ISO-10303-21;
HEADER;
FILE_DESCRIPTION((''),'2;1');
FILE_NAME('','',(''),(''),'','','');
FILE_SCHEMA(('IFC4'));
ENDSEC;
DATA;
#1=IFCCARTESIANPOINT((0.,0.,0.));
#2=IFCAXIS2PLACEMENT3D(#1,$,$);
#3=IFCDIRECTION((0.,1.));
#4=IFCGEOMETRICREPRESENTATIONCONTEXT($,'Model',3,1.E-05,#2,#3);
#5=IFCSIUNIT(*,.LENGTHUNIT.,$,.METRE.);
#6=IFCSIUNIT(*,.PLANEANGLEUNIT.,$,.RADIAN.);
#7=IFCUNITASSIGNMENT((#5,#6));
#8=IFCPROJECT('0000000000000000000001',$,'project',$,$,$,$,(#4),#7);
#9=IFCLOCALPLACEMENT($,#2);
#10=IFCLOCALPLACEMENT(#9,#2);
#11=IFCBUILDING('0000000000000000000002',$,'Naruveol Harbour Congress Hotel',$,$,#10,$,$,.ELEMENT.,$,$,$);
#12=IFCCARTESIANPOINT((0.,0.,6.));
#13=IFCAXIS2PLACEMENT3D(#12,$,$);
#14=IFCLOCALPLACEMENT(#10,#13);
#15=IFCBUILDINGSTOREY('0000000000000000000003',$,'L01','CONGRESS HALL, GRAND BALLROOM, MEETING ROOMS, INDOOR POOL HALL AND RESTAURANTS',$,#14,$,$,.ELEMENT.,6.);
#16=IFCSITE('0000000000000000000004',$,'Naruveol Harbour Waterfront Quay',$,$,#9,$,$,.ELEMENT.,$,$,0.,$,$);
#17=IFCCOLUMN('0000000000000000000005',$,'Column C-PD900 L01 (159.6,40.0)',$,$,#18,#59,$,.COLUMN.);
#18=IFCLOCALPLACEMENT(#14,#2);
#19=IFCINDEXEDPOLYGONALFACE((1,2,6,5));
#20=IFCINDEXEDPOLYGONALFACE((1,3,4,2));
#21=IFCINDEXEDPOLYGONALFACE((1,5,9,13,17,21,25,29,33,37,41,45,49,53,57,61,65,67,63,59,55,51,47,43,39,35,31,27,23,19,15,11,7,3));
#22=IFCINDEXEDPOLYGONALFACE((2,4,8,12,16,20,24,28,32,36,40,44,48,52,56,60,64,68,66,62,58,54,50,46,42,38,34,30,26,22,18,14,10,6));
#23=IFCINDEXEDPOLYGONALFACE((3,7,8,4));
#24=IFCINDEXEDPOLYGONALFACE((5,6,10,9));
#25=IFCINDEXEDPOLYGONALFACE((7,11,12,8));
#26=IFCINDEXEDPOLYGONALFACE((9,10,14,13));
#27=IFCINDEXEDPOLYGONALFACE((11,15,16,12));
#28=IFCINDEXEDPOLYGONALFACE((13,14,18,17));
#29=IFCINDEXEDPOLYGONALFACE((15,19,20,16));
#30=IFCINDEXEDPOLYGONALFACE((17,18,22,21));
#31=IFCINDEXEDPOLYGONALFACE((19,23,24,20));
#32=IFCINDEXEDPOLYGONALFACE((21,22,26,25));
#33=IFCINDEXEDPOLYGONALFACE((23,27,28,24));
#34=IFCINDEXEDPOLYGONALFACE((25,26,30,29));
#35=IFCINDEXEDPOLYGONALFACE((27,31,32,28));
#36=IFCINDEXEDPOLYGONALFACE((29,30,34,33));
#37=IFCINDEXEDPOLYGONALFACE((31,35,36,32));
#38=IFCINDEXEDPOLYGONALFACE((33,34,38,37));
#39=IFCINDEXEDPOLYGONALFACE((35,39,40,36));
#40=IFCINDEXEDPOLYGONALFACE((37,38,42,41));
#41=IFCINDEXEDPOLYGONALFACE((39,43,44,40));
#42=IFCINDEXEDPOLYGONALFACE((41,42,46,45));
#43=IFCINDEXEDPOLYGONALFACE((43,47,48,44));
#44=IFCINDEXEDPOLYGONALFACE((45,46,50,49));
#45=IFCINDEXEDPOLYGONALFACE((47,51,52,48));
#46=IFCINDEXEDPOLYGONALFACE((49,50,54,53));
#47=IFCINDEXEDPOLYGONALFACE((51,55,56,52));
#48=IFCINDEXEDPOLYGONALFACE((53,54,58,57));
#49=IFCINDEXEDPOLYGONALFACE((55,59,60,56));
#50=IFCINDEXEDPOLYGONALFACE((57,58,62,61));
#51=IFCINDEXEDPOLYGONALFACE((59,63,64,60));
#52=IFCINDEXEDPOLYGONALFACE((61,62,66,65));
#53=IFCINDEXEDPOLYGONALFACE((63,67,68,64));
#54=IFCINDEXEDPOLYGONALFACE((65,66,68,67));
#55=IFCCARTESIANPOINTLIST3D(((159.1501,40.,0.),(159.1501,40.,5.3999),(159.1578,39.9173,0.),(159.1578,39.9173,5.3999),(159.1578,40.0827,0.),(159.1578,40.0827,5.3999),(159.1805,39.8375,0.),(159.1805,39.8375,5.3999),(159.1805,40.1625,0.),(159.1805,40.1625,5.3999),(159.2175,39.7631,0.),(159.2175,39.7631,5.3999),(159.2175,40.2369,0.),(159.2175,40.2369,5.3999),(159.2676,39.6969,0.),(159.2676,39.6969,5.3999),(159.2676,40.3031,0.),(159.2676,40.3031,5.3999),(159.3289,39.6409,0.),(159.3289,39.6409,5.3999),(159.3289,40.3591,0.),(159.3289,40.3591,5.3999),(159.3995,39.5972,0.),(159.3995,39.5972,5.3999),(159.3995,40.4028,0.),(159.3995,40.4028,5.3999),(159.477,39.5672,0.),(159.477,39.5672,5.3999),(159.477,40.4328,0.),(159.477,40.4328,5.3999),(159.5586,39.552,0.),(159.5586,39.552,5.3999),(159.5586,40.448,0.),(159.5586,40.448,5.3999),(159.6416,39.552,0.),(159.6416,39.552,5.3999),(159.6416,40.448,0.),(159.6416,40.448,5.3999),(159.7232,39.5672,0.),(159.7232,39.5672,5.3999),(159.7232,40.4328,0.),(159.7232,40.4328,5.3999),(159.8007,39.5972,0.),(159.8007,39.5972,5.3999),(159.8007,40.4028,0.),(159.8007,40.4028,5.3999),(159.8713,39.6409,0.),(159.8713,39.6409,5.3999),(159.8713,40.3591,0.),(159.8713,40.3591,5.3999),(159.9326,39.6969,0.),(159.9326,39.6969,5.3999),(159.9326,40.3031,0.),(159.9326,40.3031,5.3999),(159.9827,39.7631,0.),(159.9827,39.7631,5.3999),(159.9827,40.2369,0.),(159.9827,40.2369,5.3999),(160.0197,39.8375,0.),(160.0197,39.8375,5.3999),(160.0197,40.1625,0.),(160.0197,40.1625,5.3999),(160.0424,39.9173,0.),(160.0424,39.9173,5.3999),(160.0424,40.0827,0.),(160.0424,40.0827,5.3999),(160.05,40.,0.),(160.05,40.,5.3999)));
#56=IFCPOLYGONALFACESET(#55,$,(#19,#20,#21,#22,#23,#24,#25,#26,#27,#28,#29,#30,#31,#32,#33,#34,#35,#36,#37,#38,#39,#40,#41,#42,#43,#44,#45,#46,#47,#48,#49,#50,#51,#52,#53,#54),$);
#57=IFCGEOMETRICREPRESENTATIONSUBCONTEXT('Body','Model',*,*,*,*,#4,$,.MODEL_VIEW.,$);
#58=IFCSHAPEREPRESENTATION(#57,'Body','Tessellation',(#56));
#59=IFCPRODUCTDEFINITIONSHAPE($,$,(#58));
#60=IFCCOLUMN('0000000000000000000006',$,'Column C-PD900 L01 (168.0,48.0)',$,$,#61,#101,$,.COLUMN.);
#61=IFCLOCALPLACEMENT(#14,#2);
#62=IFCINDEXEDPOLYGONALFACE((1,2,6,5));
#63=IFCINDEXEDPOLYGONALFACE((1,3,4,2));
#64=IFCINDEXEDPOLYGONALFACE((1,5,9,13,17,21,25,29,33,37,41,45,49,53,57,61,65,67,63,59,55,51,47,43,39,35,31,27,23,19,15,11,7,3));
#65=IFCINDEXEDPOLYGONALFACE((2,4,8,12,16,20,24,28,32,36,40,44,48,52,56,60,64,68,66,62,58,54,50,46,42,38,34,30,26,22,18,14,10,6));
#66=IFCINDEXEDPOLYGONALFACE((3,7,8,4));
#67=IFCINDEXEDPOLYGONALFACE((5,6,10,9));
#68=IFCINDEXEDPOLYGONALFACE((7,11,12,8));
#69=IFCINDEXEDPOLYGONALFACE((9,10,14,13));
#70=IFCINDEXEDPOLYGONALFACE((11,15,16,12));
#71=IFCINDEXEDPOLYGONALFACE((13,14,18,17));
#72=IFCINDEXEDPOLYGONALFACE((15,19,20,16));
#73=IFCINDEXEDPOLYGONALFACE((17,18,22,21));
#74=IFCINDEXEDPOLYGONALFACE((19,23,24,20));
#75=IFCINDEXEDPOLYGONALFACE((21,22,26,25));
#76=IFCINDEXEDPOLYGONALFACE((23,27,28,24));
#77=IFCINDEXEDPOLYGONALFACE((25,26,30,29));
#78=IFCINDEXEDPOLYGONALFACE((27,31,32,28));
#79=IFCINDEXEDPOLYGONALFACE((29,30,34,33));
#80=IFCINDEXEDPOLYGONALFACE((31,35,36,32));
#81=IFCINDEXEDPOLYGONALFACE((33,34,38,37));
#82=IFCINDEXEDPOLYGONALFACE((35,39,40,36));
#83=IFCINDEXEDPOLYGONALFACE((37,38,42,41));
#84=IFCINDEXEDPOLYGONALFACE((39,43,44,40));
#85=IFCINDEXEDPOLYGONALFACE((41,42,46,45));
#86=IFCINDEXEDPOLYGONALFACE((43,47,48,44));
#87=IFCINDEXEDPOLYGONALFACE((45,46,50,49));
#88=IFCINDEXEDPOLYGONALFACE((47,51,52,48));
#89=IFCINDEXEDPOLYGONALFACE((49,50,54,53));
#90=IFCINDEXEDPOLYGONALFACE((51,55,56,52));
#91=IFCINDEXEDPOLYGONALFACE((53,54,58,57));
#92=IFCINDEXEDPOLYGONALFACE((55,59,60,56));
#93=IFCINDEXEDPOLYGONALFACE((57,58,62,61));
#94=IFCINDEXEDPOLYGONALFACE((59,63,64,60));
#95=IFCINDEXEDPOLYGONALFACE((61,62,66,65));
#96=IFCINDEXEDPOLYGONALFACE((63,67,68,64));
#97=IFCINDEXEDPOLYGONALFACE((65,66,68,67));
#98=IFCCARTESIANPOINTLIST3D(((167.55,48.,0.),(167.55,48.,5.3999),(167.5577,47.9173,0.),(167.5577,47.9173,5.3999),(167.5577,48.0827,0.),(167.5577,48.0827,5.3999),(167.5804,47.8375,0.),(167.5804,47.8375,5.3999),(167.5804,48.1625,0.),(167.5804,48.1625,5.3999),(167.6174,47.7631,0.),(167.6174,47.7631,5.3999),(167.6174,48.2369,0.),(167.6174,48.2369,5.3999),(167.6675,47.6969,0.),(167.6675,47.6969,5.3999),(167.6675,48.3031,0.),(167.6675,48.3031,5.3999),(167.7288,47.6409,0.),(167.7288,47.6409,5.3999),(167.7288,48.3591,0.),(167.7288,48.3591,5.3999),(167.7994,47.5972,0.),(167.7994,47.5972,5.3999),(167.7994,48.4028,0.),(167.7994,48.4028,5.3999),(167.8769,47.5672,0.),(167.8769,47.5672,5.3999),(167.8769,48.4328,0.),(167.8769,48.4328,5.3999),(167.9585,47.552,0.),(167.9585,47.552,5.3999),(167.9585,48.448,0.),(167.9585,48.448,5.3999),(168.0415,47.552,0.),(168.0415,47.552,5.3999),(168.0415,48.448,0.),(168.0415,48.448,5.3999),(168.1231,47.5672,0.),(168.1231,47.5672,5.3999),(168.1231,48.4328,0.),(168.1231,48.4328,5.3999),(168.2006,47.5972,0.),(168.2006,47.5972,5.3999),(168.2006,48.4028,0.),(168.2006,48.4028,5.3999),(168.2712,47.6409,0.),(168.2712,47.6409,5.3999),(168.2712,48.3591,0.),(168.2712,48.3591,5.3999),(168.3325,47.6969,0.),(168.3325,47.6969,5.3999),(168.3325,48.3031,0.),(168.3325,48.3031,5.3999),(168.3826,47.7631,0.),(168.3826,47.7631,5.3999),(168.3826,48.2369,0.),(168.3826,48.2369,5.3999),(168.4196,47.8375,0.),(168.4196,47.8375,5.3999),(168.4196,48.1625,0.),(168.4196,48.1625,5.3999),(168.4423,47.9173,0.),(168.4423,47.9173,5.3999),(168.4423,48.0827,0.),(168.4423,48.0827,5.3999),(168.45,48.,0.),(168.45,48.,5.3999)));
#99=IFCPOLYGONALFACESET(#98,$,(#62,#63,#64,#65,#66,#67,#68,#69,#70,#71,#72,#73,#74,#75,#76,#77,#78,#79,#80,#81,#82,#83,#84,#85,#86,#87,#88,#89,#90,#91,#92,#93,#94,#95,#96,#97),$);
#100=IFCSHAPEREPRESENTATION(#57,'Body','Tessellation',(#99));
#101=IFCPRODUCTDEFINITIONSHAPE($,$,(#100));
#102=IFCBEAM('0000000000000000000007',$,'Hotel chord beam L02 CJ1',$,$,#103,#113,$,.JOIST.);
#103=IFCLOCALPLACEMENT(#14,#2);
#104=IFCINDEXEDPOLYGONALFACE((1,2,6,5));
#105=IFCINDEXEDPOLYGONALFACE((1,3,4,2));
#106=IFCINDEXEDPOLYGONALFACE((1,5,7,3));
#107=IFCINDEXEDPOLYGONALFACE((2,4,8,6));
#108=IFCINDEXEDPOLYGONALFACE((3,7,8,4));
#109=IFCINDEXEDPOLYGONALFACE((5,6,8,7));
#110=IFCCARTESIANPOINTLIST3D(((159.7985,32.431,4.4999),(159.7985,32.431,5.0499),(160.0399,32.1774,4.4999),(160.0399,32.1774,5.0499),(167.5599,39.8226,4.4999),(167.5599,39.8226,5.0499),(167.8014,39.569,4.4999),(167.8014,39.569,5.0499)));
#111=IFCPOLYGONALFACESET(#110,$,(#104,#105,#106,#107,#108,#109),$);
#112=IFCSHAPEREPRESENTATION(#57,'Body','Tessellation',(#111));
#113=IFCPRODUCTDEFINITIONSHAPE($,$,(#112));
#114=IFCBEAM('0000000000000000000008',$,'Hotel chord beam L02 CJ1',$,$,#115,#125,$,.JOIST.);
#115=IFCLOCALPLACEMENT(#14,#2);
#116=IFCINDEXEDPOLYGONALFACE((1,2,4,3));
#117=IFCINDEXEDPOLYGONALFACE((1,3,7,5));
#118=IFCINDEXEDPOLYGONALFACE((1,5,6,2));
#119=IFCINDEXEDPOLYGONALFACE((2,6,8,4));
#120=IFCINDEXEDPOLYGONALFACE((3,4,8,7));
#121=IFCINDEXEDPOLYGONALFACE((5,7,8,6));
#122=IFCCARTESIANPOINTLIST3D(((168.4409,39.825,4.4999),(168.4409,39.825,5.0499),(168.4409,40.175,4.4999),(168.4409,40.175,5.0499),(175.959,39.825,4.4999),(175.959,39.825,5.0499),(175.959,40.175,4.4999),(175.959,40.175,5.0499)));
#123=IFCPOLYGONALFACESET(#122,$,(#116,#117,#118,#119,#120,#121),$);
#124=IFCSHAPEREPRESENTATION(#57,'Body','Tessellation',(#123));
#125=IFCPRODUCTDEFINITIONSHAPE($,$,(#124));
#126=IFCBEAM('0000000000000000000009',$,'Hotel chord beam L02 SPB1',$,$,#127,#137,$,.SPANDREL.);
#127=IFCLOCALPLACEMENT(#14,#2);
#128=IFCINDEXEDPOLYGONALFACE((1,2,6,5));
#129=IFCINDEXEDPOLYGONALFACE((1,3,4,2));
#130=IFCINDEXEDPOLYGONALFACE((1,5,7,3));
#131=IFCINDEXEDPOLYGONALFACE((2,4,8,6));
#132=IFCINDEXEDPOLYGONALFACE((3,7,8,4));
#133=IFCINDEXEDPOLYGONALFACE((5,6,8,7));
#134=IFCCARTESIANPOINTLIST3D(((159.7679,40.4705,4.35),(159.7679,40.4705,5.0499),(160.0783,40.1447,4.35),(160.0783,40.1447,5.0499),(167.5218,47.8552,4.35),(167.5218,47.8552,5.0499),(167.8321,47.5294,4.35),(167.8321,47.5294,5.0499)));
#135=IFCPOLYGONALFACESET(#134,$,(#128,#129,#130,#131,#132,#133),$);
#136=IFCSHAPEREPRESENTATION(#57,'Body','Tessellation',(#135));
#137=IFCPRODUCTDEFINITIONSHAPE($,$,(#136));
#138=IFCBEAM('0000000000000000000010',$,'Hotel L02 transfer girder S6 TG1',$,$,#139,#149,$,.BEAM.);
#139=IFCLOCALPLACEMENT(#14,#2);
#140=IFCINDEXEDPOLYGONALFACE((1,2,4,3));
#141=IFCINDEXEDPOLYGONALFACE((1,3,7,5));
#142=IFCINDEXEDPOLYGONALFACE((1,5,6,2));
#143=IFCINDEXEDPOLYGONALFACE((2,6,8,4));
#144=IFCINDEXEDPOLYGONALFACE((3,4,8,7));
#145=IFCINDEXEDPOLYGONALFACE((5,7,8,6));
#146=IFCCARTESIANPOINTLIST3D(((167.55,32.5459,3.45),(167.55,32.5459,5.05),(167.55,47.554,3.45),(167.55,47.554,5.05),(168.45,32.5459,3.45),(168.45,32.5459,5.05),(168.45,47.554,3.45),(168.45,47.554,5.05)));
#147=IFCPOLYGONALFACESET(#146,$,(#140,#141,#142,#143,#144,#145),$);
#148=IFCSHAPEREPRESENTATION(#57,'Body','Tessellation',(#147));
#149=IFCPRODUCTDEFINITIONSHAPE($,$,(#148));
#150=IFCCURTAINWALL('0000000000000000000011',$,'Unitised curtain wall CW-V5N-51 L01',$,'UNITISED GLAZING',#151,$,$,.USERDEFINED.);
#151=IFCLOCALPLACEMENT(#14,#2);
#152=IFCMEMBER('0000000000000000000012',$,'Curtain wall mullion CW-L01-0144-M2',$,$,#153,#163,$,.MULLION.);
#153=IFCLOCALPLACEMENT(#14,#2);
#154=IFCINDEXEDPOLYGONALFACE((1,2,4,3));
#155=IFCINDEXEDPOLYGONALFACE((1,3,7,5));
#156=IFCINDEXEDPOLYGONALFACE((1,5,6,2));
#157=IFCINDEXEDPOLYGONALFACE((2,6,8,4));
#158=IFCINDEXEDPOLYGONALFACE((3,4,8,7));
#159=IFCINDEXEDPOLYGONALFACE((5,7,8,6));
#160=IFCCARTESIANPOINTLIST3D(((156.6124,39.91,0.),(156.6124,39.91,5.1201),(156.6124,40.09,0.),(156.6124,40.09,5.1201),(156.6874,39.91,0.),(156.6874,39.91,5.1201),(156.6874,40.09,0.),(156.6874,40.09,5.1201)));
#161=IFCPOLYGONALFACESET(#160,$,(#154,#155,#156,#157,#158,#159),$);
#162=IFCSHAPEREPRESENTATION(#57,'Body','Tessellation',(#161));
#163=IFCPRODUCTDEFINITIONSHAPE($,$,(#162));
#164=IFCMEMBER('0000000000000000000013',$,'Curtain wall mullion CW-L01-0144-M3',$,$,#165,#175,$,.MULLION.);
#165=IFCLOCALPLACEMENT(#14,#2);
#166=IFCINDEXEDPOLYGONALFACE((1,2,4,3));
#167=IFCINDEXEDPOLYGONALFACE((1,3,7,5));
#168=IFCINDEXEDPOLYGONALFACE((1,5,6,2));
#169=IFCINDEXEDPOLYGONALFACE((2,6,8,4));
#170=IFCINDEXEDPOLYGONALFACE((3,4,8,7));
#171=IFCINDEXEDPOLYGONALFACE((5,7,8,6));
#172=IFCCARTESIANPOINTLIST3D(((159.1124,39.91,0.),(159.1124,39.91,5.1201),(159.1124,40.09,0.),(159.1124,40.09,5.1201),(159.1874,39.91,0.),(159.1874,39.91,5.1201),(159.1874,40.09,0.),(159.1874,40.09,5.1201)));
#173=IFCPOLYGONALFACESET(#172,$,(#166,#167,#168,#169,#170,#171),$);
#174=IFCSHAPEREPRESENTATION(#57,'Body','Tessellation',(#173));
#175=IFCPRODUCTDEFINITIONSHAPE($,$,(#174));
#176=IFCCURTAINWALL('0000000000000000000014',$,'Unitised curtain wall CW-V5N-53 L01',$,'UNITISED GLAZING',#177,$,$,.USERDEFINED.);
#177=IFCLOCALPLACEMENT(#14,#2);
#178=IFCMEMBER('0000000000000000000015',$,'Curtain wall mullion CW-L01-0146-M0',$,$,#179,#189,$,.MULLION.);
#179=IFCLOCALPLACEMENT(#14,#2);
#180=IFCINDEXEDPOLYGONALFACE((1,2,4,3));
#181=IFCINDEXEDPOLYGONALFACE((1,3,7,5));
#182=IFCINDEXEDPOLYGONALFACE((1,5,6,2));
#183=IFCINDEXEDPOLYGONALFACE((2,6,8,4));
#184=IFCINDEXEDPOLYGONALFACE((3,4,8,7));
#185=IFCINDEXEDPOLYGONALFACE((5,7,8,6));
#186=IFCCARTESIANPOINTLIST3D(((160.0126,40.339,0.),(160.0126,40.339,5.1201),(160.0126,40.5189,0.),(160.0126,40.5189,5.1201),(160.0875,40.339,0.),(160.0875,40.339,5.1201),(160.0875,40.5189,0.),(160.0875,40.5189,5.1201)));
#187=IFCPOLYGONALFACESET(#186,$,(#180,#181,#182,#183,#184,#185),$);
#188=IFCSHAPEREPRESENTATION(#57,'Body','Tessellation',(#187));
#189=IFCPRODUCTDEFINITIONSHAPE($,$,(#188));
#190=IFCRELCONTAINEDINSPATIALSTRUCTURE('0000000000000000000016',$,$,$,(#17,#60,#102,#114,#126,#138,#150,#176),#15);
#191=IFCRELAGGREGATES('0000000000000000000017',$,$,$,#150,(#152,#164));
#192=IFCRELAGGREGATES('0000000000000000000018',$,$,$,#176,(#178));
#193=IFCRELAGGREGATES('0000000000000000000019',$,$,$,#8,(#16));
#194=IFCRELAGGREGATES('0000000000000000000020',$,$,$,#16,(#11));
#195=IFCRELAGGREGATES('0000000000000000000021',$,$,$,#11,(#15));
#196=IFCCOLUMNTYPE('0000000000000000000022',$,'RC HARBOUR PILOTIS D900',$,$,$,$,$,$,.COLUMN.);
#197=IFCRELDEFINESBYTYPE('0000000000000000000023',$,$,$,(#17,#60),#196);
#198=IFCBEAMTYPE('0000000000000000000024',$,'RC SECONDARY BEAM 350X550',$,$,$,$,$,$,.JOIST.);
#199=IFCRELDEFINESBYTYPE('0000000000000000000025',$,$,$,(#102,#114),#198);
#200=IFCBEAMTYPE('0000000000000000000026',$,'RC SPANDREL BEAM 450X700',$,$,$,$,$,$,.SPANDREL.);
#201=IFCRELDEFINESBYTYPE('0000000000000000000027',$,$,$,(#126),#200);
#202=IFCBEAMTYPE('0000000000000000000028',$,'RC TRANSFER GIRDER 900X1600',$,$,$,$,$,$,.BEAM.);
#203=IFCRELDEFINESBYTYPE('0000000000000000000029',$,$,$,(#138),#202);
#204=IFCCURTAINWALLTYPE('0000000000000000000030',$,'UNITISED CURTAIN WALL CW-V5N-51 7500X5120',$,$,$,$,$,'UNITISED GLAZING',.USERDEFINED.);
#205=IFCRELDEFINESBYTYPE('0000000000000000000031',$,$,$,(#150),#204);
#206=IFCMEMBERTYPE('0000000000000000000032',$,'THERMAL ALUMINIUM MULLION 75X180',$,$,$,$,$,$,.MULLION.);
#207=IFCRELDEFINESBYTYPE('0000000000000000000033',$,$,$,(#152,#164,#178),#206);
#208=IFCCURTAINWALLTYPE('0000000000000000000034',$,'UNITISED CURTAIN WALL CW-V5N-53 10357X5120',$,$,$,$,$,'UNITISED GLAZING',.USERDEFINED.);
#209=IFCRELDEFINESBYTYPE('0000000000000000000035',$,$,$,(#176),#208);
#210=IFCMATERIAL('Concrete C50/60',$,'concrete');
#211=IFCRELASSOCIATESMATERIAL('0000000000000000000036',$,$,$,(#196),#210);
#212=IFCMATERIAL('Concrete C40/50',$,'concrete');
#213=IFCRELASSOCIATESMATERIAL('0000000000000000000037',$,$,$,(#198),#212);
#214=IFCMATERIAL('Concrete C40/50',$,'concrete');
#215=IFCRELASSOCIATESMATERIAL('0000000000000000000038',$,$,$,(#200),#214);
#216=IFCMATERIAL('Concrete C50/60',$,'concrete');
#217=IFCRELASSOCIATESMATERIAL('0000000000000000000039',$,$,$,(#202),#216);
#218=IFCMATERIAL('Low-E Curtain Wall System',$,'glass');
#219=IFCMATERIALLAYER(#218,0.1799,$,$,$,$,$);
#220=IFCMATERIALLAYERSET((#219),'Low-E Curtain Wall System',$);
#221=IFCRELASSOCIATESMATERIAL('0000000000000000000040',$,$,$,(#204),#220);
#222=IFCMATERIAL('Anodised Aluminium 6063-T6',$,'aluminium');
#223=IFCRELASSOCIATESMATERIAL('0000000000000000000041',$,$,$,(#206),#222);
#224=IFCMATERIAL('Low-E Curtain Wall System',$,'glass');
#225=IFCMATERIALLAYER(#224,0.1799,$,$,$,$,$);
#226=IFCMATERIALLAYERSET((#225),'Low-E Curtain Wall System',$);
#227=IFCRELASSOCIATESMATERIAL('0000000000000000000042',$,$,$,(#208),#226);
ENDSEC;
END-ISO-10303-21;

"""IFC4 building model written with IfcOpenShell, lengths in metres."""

from ifc_helpers import new_model, si_unit, direction, frame, origin, origin_2d, place, context, subcontext, project, spatial, rectangle, circle, extrude, material, layer, layer_set, material_profile, profile_set, type_object, element, aggregate, save


model = new_model("IFC4")

# Units and contexts
model_context = context("Model", 3, precision=1e-05, world=origin(), true_north=direction((0.0, 1.0)))
body_context = subcontext(model_context, "Body", "Model", "MODEL_VIEW")
ifc_project = project(units=[si_unit("LENGTHUNIT", "METRE"), si_unit("PLANEANGLEUNIT", "RADIAN")], contexts=[model_context])

# Site, building, storey
site_placement = place(None, origin())
site = spatial("IfcSite", under=ifc_project, at=site_placement, Name="Naruveol Harbour Waterfront Quay", CompositionType="ELEMENT", RefElevation=0.0)
building_placement = place(site_placement, origin())
building = spatial("IfcBuilding", under=site, at=building_placement, Name="Naruveol Harbour Congress Hotel", CompositionType="ELEMENT")
storey_placement = place(building_placement, frame((0.0, 0.0, 6.0)))
storey = spatial("IfcBuildingStorey", under=building, at=storey_placement, Name="L01", Description="CONGRESS HALL, GRAND BALLROOM, MEETING ROOMS, INDOOR POOL HALL AND RESTAURANTS", CompositionType="ELEMENT", Elevation=6.0)

# Columns
ifc_material_1 = material(Name="Concrete C50/60", Category="concrete")
ifc_material_profile_1 = material_profile(ifc_material_1, circle(Radius=0.45, at=origin_2d()), Name="RC-D900")
ifc_profile_set_1 = profile_set([ifc_material_profile_1], Name="Concrete C50/60")
column_type = type_object("IfcColumnType", Name="RC HARBOUR PILOTIS D900", PredefinedType="COLUMN", material=ifc_profile_set_1)
for number, where, z_axis, x_axis, name in (
    (1, (159.6001, 40.0, 0.0), (0.0, 0.0, 1.0), (1.0, 0.0, 0.0), "Column C-PD900 L01 (159.6,40.0)"),
    (2, (168.0, 48.0, 0.0), (0.0, 0.0, 1.0), (1.0, 0.0, 0.0), "Column C-PD900 L01 (168.0,48.0)"),
):
    element("IfcColumn", number, at=place(storey_placement, frame(where, z_axis=z_axis, x_axis=x_axis)), inside=storey, type_object=column_type, Name=name, PredefinedType="COLUMN", context=body_context, shape_type="SweptSolid", body=[
        extrude(circle(Radius=0.45, at=origin_2d()), origin(), (0.0, 0.0, 1.0), 5.3999),
    ])

# Beams
ifc_material_2 = material(Name="Concrete C40/50", Category="concrete")
ifc_material_profile_2 = material_profile(ifc_material_2, rectangle(XDim=0.3501, YDim=0.55, at=origin_2d()), Name="RCB-350x550")
ifc_profile_set_2 = profile_set([ifc_material_profile_2], Name="Concrete C40/50")
beam_type_1 = type_object("IfcBeamType", Name="RC SECONDARY BEAM 350X550", PredefinedType="JOIST", material=ifc_profile_set_2)
beam_1_placement = place(storey_placement, frame((159.9192, 32.3042, 4.7749), z_axis=(0.724151, 0.689642, 0.0), x_axis=(-0.689642, 0.724151, 0.0)))
element("IfcBeam", 3, at=beam_1_placement, inside=storey, type_object=beam_type_1, Name="Hotel chord beam L02 CJ1", PredefinedType="JOIST", context=body_context, shape_type="SweptSolid", body=[
    extrude(rectangle(XDim=0.3501, YDim=0.55, at=origin_2d()), origin(), (0.0, 0.0, 1.0), 10.718),
])
beam_2_placement = place(storey_placement, frame((168.4409, 40.0, 4.7749), z_axis=(1.0, 0.0, 0.0), x_axis=(0.0, 1.0, 0.0)))
element("IfcBeam", 4, at=beam_2_placement, inside=storey, type_object=beam_type_1, Name="Hotel chord beam L02 CJ1", PredefinedType="JOIST", context=body_context, shape_type="SweptSolid", body=[
    extrude(rectangle(XDim=0.3501, YDim=0.55, at=origin_2d()), origin(), (0.0, 0.0, 1.0), 7.5181),
])
ifc_material_3 = material(Name="Concrete C40/50", Category="concrete")
ifc_material_profile_3 = material_profile(ifc_material_3, rectangle(XDim=0.45, YDim=0.7, at=origin_2d()), Name="RCB-450x700")
ifc_profile_set_3 = profile_set([ifc_material_profile_3], Name="Concrete C40/50")
beam_type_2 = type_object("IfcBeamType", Name="RC SPANDREL BEAM 450X700", PredefinedType="SPANDREL", material=ifc_profile_set_3)
beam_3_placement = place(storey_placement, frame((159.9231, 40.3076, 4.7), z_axis=(0.724134, 0.68966, 0.0), x_axis=(-0.68966, 0.724134, 0.0)))
element("IfcBeam", 5, at=beam_3_placement, inside=storey, type_object=beam_type_2, Name="Hotel chord beam L02 SPB1", PredefinedType="SPANDREL", context=body_context, shape_type="SweptSolid", body=[
    extrude(rectangle(XDim=0.45, YDim=0.7, at=origin_2d()), origin(), (0.0, 0.0, 1.0), 10.7078),
])
ifc_material_4 = material(Name="Concrete C50/60", Category="concrete")
ifc_material_profile_4 = material_profile(ifc_material_4, rectangle(XDim=0.8999, YDim=1.6001, at=origin_2d()), Name="RCB-900x1600")
ifc_profile_set_4 = profile_set([ifc_material_profile_4], Name="Concrete C50/60")
beam_type_3 = type_object("IfcBeamType", Name="RC TRANSFER GIRDER 900X1600", PredefinedType="BEAM", material=ifc_profile_set_4)
beam_4_placement = place(storey_placement, frame((168.0, 32.5459, 4.25), z_axis=(0.0, 1.0, 0.0), x_axis=(-1.0, 0.0, 0.0)))
element("IfcBeam", 6, at=beam_4_placement, inside=storey, type_object=beam_type_3, Name="Hotel L02 transfer girder S6 TG1", PredefinedType="BEAM", context=body_context, shape_type="SweptSolid", body=[
    extrude(rectangle(XDim=0.8999, YDim=1.6001, at=origin_2d()), origin(), (0.0, 0.0, 1.0), 15.0081),
])

# Curtain walls, members
ifc_material_5 = material(Name="Low-E Curtain Wall System", Category="glass")
ifc_layer_1 = layer(ifc_material_5, 0.1799)
ifc_layer_set_1 = layer_set([ifc_layer_1], Name="Low-E Curtain Wall System")
curtain_wall_type_1 = type_object("IfcCurtainWallType", Name="UNITISED CURTAIN WALL CW-V5N-51 7500X5120", ElementType="UNITISED GLAZING", PredefinedType="USERDEFINED", material=ifc_layer_set_1)
curtain_wall_1_placement = place(storey_placement, origin())
curtain_wall_1 = element("IfcCurtainWall", 7, at=curtain_wall_1_placement, inside=storey, type_object=curtain_wall_type_1, Name="Unitised curtain wall CW-V5N-51 L01", ObjectType="UNITISED GLAZING", PredefinedType="USERDEFINED")
ifc_material_6 = material(Name="Anodised Aluminium 6063-T6", Category="aluminium")
ifc_material_profile_5 = material_profile(ifc_material_6, rectangle(XDim=0.075, YDim=0.1799, at=origin_2d()), Name="ALU-75x180")
ifc_profile_set_5 = profile_set([ifc_material_profile_5], Name="Anodised Aluminium 6063-T6")
member_type_1 = type_object("IfcMemberType", Name="THERMAL ALUMINIUM MULLION 75X180", PredefinedType="MULLION", material=ifc_profile_set_5)
member_1_placement = place(storey_placement, frame((156.6499, 40.0, 0.0), z_axis=(0.0, 0.0, 1.0), x_axis=(1.0, 0.0, 0.0)))
member_1 = element("IfcMember", 8, at=member_1_placement, type_object=member_type_1, Name="Curtain wall mullion CW-L01-0144-M2", PredefinedType="MULLION", context=body_context, shape_type="SweptSolid", body=[
    extrude(rectangle(XDim=0.075, YDim=0.1799, at=origin_2d()), origin(), (0.0, 0.0, 1.0), 5.1201),
])
member_2_placement = place(storey_placement, frame((159.1499, 40.0, 0.0), z_axis=(0.0, 0.0, 1.0), x_axis=(1.0, 0.0, 0.0)))
member_2 = element("IfcMember", 9, at=member_2_placement, type_object=member_type_1, Name="Curtain wall mullion CW-L01-0144-M3", PredefinedType="MULLION", context=body_context, shape_type="SweptSolid", body=[
    extrude(rectangle(XDim=0.075, YDim=0.1799, at=origin_2d()), origin(), (0.0, 0.0, 1.0), 5.1201),
])
ifc_material_7 = material(Name="Low-E Curtain Wall System", Category="glass")
ifc_layer_2 = layer(ifc_material_7, 0.1799)
ifc_layer_set_2 = layer_set([ifc_layer_2], Name="Low-E Curtain Wall System")
curtain_wall_type_2 = type_object("IfcCurtainWallType", Name="UNITISED CURTAIN WALL CW-V5N-53 10357X5120", ElementType="UNITISED GLAZING", PredefinedType="USERDEFINED", material=ifc_layer_set_2)
curtain_wall_2_placement = place(storey_placement, origin())
curtain_wall_2 = element("IfcCurtainWall", 10, at=curtain_wall_2_placement, inside=storey, type_object=curtain_wall_type_2, Name="Unitised curtain wall CW-V5N-53 L01", ObjectType="UNITISED GLAZING", PredefinedType="USERDEFINED")
member_3_placement = place(storey_placement, frame((160.05, 40.429, 0.0), z_axis=(0.0, 0.0, 1.0), x_axis=(1.0, 0.0, 0.0)))
member_3 = element("IfcMember", 11, at=member_3_placement, type_object=member_type_1, Name="Curtain wall mullion CW-L01-0146-M0", PredefinedType="MULLION", context=body_context, shape_type="SweptSolid", body=[
    extrude(rectangle(XDim=0.075, YDim=0.1799, at=origin_2d()), origin(), (0.0, 0.0, 1.0), 5.1201),
])

aggregate(curtain_wall_1, [member_1, member_2])
aggregate(curtain_wall_2, [member_3])

save(model, "model.ifc")
